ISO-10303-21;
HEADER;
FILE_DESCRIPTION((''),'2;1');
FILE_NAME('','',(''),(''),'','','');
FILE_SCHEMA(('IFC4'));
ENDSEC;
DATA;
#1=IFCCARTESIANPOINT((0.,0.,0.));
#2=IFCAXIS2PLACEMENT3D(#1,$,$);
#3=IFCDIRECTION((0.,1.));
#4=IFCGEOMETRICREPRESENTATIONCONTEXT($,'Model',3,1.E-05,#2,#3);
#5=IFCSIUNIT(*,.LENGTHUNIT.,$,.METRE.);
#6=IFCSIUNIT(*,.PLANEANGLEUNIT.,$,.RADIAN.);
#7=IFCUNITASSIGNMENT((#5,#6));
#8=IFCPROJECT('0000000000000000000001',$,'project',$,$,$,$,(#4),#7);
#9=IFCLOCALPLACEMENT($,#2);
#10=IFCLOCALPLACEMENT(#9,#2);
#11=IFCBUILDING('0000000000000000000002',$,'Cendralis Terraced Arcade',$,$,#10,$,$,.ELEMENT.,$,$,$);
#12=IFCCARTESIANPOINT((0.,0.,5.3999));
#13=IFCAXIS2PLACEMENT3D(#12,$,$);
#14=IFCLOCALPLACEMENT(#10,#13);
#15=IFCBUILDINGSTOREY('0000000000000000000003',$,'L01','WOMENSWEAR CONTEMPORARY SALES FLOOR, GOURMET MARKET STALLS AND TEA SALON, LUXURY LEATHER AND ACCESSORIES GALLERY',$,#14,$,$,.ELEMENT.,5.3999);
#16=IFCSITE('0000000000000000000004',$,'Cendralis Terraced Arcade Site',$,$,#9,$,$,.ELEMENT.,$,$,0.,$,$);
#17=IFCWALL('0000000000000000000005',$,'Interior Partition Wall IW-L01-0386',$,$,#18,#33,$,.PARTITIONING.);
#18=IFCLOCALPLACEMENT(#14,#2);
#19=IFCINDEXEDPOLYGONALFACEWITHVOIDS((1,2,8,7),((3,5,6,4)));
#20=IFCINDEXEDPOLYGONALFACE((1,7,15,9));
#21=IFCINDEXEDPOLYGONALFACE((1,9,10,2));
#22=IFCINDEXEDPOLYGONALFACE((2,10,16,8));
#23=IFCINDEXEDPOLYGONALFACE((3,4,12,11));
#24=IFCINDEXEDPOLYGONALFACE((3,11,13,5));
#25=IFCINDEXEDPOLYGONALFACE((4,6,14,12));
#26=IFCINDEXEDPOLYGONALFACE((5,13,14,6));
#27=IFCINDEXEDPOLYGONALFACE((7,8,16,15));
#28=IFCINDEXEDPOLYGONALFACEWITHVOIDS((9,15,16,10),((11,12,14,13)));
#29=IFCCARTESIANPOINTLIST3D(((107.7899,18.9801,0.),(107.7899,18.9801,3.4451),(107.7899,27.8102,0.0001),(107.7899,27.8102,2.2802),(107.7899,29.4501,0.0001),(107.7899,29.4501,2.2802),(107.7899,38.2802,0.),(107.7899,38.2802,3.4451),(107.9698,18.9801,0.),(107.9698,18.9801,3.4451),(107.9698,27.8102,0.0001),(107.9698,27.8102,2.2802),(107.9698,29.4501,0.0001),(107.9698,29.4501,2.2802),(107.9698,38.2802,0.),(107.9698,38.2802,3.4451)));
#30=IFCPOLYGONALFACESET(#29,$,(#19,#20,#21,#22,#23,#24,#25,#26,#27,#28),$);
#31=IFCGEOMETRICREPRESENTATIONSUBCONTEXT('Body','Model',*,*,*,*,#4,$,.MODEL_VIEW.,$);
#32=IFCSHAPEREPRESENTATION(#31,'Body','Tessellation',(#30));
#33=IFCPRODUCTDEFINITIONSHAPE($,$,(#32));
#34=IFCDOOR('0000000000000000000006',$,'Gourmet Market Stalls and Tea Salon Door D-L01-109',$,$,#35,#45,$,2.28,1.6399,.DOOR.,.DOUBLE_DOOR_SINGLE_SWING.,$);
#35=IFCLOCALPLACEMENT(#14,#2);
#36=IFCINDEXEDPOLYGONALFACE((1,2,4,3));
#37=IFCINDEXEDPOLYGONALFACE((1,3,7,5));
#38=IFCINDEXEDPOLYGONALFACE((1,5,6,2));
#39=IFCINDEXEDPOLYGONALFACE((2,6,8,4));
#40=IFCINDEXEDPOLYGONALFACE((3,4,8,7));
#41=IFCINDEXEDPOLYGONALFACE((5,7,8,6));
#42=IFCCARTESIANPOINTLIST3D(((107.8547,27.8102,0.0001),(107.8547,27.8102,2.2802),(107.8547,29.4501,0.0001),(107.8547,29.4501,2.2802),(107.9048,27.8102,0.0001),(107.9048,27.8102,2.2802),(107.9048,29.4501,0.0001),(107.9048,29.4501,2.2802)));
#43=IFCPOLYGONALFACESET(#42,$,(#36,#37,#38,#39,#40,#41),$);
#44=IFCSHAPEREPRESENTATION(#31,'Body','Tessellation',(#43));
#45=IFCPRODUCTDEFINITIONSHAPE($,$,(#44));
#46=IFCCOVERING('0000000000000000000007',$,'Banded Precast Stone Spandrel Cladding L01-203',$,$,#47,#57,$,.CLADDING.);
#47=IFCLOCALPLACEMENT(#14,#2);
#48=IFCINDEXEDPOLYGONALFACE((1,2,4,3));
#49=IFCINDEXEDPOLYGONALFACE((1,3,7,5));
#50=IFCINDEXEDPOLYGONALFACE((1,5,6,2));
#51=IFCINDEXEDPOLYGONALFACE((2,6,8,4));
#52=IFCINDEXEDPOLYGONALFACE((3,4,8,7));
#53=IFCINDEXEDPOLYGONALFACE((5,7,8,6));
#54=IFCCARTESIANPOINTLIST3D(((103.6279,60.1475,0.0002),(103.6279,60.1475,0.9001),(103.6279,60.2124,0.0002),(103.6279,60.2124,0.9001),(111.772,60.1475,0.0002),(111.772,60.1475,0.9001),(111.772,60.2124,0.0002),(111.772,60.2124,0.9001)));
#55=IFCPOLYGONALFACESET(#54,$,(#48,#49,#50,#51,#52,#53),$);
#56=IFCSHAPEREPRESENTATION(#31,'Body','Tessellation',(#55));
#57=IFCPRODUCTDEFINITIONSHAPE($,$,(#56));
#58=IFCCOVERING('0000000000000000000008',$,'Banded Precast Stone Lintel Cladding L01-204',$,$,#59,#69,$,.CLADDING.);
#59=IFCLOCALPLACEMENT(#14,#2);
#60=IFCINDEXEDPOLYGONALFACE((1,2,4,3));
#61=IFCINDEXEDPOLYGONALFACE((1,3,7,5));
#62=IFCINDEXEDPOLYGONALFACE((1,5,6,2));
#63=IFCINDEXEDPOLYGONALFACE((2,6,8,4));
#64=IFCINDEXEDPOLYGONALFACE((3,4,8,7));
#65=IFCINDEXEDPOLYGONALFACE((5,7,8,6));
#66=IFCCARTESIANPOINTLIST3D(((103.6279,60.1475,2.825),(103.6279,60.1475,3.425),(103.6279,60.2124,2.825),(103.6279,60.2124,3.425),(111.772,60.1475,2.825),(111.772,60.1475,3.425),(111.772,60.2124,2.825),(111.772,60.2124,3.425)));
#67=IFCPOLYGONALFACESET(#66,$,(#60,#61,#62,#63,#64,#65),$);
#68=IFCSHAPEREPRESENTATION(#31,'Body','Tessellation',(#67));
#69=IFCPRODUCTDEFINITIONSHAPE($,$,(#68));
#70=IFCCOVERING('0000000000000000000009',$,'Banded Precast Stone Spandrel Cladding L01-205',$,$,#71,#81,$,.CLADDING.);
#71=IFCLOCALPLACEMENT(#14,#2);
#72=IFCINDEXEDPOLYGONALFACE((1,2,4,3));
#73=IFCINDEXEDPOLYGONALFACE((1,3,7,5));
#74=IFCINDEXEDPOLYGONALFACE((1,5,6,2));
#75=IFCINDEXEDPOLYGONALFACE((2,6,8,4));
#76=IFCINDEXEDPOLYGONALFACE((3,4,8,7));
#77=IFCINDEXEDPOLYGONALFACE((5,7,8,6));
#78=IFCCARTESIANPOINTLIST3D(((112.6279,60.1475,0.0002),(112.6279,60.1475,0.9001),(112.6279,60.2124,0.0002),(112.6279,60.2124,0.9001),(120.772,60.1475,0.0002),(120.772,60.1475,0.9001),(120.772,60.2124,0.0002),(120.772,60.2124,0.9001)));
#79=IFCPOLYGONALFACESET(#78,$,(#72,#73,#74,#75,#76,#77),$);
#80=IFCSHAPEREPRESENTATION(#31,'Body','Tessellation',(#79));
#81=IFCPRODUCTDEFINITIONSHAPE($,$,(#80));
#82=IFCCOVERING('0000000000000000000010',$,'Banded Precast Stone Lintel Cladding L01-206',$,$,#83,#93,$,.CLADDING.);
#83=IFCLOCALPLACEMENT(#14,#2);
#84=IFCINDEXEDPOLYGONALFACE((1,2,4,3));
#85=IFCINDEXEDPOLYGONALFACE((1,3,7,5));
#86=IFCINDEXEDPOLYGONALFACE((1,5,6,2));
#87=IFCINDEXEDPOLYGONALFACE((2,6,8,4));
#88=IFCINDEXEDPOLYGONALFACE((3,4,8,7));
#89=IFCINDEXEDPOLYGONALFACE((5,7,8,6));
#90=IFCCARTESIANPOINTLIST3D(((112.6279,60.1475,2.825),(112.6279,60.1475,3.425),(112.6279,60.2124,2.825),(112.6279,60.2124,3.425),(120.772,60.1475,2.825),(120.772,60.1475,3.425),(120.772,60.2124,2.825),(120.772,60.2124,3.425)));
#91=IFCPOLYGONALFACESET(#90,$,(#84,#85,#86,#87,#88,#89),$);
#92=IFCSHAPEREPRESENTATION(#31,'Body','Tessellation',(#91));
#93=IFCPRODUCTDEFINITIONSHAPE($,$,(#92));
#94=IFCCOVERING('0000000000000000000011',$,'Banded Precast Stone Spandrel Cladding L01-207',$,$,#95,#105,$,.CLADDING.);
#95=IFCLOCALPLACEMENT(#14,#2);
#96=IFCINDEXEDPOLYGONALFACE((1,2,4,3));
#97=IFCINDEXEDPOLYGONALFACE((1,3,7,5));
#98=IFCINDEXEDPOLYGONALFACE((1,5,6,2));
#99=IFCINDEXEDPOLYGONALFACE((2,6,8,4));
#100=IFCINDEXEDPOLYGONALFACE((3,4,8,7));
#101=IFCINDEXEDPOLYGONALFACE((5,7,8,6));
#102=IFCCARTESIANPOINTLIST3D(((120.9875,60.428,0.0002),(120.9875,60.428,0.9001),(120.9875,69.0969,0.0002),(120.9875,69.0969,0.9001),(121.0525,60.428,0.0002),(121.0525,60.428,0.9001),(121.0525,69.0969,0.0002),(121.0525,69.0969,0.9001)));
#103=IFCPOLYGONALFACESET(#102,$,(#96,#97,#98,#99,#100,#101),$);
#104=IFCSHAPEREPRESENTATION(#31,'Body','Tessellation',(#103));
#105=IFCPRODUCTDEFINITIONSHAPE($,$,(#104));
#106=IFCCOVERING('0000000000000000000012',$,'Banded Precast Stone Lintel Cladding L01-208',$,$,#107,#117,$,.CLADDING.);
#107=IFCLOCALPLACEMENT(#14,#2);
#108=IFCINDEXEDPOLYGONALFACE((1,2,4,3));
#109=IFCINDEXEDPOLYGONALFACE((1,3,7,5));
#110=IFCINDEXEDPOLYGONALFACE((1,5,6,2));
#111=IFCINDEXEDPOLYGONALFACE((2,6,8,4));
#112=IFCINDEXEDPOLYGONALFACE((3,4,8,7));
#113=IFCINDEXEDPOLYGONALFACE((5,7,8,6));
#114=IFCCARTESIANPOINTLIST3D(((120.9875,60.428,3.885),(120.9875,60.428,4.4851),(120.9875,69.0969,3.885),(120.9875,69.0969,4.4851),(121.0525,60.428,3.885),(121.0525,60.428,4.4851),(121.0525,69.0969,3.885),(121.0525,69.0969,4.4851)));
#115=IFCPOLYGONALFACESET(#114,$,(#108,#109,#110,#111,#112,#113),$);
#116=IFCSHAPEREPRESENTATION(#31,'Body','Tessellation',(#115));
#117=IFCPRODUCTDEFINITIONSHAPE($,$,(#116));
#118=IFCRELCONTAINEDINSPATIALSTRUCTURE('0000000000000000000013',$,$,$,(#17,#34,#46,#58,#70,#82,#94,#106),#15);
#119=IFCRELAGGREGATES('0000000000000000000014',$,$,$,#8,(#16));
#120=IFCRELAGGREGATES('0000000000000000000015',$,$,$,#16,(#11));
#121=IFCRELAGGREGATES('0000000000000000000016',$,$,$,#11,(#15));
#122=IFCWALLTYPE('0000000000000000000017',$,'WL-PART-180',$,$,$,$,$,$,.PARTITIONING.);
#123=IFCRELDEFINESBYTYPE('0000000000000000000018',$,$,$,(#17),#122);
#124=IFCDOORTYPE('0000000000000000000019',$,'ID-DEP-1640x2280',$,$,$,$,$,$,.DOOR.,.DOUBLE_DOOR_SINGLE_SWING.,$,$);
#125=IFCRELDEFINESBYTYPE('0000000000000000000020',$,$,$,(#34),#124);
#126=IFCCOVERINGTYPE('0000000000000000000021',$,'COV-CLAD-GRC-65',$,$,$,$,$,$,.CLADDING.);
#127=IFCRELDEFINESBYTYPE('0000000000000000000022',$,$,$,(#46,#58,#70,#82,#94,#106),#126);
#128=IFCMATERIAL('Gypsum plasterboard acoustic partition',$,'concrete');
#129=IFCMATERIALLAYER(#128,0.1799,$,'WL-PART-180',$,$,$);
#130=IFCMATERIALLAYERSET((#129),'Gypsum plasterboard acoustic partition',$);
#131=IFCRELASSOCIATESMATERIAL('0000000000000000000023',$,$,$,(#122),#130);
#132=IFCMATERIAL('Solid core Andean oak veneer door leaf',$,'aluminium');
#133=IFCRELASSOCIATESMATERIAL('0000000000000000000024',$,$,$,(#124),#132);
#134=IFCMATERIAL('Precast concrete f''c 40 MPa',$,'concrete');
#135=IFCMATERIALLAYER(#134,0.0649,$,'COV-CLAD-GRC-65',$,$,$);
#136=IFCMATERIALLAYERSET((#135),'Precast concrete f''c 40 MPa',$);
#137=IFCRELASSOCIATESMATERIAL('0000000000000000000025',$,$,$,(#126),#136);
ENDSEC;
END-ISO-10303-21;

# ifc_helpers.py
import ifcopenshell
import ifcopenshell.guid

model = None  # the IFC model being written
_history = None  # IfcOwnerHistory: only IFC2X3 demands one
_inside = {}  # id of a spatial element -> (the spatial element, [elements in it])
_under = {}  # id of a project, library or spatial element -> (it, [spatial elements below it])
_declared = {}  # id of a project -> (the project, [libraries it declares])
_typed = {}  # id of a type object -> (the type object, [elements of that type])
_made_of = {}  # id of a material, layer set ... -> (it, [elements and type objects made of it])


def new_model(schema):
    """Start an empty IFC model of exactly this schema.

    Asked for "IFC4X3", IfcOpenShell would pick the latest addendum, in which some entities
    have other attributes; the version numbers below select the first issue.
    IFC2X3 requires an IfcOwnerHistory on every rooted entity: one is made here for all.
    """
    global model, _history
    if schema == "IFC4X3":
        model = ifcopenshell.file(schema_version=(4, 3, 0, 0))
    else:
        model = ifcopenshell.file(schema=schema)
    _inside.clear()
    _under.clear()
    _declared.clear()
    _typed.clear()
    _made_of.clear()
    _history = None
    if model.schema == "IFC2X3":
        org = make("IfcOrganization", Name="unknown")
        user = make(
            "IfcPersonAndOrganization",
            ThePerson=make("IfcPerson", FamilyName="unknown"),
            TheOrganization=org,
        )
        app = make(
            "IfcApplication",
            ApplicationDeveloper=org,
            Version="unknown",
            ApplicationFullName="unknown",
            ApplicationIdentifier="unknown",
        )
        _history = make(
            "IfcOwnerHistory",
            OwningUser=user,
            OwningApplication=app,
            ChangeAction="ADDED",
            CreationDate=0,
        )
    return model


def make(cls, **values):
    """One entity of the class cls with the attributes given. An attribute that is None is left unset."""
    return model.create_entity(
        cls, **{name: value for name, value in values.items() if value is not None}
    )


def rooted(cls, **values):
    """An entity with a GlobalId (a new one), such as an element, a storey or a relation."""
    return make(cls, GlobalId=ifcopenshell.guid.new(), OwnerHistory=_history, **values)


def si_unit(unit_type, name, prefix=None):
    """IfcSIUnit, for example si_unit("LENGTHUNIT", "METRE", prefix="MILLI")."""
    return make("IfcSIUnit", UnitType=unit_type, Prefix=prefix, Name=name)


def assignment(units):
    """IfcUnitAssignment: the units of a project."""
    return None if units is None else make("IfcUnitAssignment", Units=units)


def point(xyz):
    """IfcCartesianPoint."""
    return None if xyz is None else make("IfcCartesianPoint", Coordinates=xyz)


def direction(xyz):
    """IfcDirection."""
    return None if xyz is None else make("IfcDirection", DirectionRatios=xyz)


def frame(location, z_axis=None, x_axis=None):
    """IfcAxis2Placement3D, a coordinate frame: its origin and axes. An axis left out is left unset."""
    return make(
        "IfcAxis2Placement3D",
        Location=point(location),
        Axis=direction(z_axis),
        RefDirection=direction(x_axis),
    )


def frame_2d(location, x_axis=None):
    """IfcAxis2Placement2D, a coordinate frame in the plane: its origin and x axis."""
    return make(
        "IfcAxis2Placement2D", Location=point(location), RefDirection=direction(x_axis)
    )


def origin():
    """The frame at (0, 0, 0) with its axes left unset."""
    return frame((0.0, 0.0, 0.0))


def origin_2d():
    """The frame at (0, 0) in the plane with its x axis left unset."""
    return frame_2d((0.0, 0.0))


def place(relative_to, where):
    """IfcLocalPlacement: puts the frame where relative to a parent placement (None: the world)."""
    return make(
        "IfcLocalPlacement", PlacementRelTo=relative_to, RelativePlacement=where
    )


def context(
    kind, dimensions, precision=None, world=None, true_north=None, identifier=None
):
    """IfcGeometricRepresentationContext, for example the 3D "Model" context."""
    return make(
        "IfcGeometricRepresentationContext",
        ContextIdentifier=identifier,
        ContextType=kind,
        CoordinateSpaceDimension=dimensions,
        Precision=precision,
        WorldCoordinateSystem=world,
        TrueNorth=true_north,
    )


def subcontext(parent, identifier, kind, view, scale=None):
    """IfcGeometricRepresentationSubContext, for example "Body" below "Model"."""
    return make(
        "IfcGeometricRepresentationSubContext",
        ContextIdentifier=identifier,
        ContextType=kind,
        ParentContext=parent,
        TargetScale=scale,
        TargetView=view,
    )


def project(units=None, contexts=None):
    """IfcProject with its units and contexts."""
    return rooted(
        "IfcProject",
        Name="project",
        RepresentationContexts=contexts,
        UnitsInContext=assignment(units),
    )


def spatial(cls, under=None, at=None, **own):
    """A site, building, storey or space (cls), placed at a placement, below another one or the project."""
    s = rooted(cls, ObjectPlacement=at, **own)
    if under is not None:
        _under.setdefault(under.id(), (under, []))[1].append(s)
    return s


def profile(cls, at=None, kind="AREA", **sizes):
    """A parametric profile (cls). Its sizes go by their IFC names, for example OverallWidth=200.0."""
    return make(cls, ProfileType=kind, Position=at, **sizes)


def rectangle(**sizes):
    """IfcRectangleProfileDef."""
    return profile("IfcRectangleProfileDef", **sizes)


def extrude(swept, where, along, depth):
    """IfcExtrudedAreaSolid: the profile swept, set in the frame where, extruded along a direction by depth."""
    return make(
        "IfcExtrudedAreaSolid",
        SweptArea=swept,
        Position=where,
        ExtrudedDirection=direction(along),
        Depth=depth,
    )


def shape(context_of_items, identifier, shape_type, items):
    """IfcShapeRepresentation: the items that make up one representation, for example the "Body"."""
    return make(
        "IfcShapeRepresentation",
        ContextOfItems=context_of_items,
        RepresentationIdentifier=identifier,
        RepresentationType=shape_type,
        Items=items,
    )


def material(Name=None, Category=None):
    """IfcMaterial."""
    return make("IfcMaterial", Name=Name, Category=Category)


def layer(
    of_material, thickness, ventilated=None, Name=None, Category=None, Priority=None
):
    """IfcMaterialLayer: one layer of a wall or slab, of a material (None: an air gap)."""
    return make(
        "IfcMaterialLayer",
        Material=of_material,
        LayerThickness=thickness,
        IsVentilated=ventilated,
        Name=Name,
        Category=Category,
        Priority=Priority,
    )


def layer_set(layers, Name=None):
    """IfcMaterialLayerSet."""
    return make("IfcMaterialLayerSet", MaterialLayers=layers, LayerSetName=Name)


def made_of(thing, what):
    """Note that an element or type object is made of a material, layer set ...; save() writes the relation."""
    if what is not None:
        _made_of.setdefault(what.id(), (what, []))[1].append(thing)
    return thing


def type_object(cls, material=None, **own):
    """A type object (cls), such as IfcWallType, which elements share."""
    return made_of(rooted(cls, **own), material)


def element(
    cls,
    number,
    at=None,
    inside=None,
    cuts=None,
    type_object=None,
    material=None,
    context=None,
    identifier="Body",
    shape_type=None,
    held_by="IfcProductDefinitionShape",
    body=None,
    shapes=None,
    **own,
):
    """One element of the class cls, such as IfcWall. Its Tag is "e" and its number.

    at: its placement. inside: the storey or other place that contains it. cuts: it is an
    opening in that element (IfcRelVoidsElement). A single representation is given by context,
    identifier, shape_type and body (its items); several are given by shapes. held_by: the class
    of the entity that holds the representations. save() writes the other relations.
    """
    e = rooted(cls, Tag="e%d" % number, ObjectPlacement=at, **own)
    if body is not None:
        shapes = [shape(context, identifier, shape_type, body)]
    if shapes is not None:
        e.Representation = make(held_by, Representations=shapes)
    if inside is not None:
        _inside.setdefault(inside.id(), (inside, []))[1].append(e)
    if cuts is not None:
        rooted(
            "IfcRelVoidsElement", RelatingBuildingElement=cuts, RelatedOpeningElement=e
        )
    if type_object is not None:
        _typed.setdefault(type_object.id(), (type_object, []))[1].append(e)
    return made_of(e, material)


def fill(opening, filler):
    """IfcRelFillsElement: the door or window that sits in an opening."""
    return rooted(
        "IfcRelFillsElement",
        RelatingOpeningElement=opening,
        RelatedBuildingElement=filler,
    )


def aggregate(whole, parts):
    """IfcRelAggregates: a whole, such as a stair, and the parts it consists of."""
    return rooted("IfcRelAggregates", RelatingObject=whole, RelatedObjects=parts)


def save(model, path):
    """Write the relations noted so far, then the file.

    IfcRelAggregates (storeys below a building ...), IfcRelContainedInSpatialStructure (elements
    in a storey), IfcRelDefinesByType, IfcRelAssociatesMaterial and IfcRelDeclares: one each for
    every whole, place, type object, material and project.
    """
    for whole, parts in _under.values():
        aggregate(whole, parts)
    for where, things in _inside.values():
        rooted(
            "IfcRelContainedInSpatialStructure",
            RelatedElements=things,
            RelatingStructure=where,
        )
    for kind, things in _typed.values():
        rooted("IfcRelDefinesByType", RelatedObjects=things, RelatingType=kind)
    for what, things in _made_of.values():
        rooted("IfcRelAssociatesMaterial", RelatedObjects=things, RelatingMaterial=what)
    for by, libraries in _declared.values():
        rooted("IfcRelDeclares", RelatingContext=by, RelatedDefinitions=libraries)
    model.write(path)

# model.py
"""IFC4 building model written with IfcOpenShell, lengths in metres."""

from ifc_helpers import new_model, si_unit, direction, frame, frame_2d, origin, origin_2d, place, context, subcontext, project, spatial, rectangle, extrude, material, layer, layer_set, type_object, element, fill, save


model = new_model("IFC4")

# Units and contexts
model_context = context("Model", 3, precision=1e-05, world=origin(), true_north=direction((0.0, 1.0)))
body_context = subcontext(model_context, "Body", "Model", "MODEL_VIEW")
ifc_project = project(units=[si_unit("LENGTHUNIT", "METRE"), si_unit("PLANEANGLEUNIT", "RADIAN")], contexts=[model_context])

# Site, building, storey
site_placement = place(None, origin())
site = spatial("IfcSite", under=ifc_project, at=site_placement, Name="Cendralis Terraced Arcade Site", CompositionType="ELEMENT", RefElevation=0.0)
building_placement = place(site_placement, origin())
building = spatial("IfcBuilding", under=site, at=building_placement, Name="Cendralis Terraced Arcade", CompositionType="ELEMENT")
storey_placement = place(building_placement, frame((0.0, 0.0, 5.3999)))
storey = spatial("IfcBuildingStorey", under=building, at=storey_placement, Name="L01", Description="WOMENSWEAR CONTEMPORARY SALES FLOOR, GOURMET MARKET STALLS AND TEA SALON, LUXURY LEATHER AND ACCESSORIES GALLERY", CompositionType="ELEMENT", Elevation=5.3999)

# Shared definitions
ifc_material_1 = material(Name="Gypsum plasterboard acoustic partition", Category="concrete")

# Shared definitions
ifc_material_2 = material(Name="Precast concrete f'c 40 MPa", Category="concrete")

# Wall, opening, door
ifc_layer_1 = layer(ifc_material_1, 0.1799, Name="WL-PART-180")
ifc_layer_set_1 = layer_set([ifc_layer_1], Name="Gypsum plasterboard acoustic partition")
wall_type_1 = type_object("IfcWallType", Name="WL-PART-180", PredefinedType="PARTITIONING", material=ifc_layer_set_1)
wall_1_placement = place(storey_placement, frame((107.8799, 38.28, 0.0), z_axis=(0.0, 0.0, 1.0), x_axis=(0.0, -1.0, 0.0)))
wall_1 = element("IfcWall", 1, at=wall_1_placement, inside=storey, type_object=wall_type_1, Name="Interior Partition Wall IW-L01-0386", PredefinedType="PARTITIONING", context=body_context, shape_type="SweptSolid", body=[
    extrude(rectangle(XDim=19.3, YDim=0.1799, at=frame_2d((9.6499, 0.0))), origin(), (0.0, 0.0, 1.0), 3.4451),
])
opening_1_placement = place(wall_1_placement, frame((8.8301, 0.0, 0.0)))
opening_1 = element("IfcOpeningElement", 2, at=opening_1_placement, cuts=wall_1, PredefinedType="OPENING", context=body_context, shape_type="SweptSolid", body=[
    extrude(rectangle(XDim=1.6399, YDim=2.28, at=frame_2d((0.8198, 1.1401))), frame((0.0, 0.1021, 0.0), z_axis=(0.0, -1.0, 0.0), x_axis=(1.0, 0.0, 0.0)), (0.0, 0.0, 1.0), 0.2039),
])
ifc_material_3 = material(Name="Solid core Andean oak veneer door leaf", Category="aluminium")
door_type = type_object("IfcDoorType", Name="ID-DEP-1640x2280", OperationType="DOUBLE_DOOR_SINGLE_SWING", PredefinedType="DOOR", material=ifc_material_3)
door_placement = place(opening_1_placement, origin())
door = element("IfcDoor", 3, at=door_placement, inside=storey, type_object=door_type, Name="Gourmet Market Stalls and Tea Salon Door D-L01-109", OperationType="DOUBLE_DOOR_SINGLE_SWING", OverallHeight=2.28, OverallWidth=1.6399, PredefinedType="DOOR", context=body_context, shape_type="SweptSolid", body=[
    extrude(rectangle(XDim=1.6399, YDim=2.28, at=frame_2d((0.8198, 1.1401))), frame((0.0, 0.0249, 0.0), z_axis=(0.0, -1.0, 0.0), x_axis=(1.0, 0.0, 0.0)), (0.0, 0.0, 1.0), 0.05),
])
fill(opening_1, door)

# Coverings
ifc_layer_2 = layer(ifc_material_2, 0.0649, Name="COV-CLAD-GRC-65")
ifc_layer_set_2 = layer_set([ifc_layer_2], Name="Precast concrete f'c 40 MPa")
covering_type = type_object("IfcCoveringType", Name="COV-CLAD-GRC-65", PredefinedType="CLADDING", material=ifc_layer_set_2)
covering_1_placement = place(storey_placement, frame((107.7, 60.1799, 0.0002), z_axis=(0.0, 0.0, 1.0), x_axis=(1.0, 0.0, 0.0)))
element("IfcCovering", 4, at=covering_1_placement, inside=storey, type_object=covering_type, Name="Banded Precast Stone Spandrel Cladding L01-203", PredefinedType="CLADDING", context=body_context, shape_type="SweptSolid", body=[
    extrude(rectangle(XDim=8.144, YDim=0.0649, at=origin_2d()), origin(), (0.0, 0.0, 1.0), 0.8999),
])
covering_2_placement = place(storey_placement, frame((107.7, 60.1799, 2.825), z_axis=(0.0, 0.0, 1.0), x_axis=(1.0, 0.0, 0.0)))
element("IfcCovering", 5, at=covering_2_placement, inside=storey, type_object=covering_type, Name="Banded Precast Stone Lintel Cladding L01-204", PredefinedType="CLADDING", context=body_context, shape_type="SweptSolid", body=[
    extrude(rectangle(XDim=8.144, YDim=0.0649, at=origin_2d()), origin(), (0.0, 0.0, 1.0), 0.6001),
])
covering_3_placement = place(storey_placement, frame((116.7, 60.1799, 0.0002), z_axis=(0.0, 0.0, 1.0), x_axis=(1.0, 0.0, 0.0)))
element("IfcCovering", 6, at=covering_3_placement, inside=storey, type_object=covering_type, Name="Banded Precast Stone Spandrel Cladding L01-205", PredefinedType="CLADDING", context=body_context, shape_type="SweptSolid", body=[
    extrude(rectangle(XDim=8.144, YDim=0.0649, at=origin_2d()), origin(), (0.0, 0.0, 1.0), 0.8999),
])
covering_4_placement = place(storey_placement, frame((116.7, 60.1799, 2.825), z_axis=(0.0, 0.0, 1.0), x_axis=(1.0, 0.0, 0.0)))
element("IfcCovering", 7, at=covering_4_placement, inside=storey, type_object=covering_type, Name="Banded Precast Stone Lintel Cladding L01-206", PredefinedType="CLADDING", context=body_context, shape_type="SweptSolid", body=[
    extrude(rectangle(XDim=8.144, YDim=0.0649, at=origin_2d()), origin(), (0.0, 0.0, 1.0), 0.6001),
])
covering_5_placement = place(storey_placement, frame((121.02, 64.7625, 0.0002), z_axis=(0.0, 0.0, 1.0), x_axis=(0.0, 1.0, 0.0)))
element("IfcCovering", 8, at=covering_5_placement, inside=storey, type_object=covering_type, Name="Banded Precast Stone Spandrel Cladding L01-207", PredefinedType="CLADDING", context=body_context, shape_type="SweptSolid", body=[
    extrude(rectangle(XDim=8.6689, YDim=0.0649, at=origin_2d()), origin(), (0.0, 0.0, 1.0), 0.8999),
])
covering_6_placement = place(storey_placement, frame((121.02, 64.7625, 3.885), z_axis=(0.0, 0.0, 1.0), x_axis=(0.0, 1.0, 0.0)))
element("IfcCovering", 9, at=covering_6_placement, inside=storey, type_object=covering_type, Name="Banded Precast Stone Lintel Cladding L01-208", PredefinedType="CLADDING", context=body_context, shape_type="SweptSolid", body=[
    extrude(rectangle(XDim=8.6689, YDim=0.0649, at=origin_2d()), origin(), (0.0, 0.0, 1.0), 0.6001),
])

save(model, "model.ifc")
